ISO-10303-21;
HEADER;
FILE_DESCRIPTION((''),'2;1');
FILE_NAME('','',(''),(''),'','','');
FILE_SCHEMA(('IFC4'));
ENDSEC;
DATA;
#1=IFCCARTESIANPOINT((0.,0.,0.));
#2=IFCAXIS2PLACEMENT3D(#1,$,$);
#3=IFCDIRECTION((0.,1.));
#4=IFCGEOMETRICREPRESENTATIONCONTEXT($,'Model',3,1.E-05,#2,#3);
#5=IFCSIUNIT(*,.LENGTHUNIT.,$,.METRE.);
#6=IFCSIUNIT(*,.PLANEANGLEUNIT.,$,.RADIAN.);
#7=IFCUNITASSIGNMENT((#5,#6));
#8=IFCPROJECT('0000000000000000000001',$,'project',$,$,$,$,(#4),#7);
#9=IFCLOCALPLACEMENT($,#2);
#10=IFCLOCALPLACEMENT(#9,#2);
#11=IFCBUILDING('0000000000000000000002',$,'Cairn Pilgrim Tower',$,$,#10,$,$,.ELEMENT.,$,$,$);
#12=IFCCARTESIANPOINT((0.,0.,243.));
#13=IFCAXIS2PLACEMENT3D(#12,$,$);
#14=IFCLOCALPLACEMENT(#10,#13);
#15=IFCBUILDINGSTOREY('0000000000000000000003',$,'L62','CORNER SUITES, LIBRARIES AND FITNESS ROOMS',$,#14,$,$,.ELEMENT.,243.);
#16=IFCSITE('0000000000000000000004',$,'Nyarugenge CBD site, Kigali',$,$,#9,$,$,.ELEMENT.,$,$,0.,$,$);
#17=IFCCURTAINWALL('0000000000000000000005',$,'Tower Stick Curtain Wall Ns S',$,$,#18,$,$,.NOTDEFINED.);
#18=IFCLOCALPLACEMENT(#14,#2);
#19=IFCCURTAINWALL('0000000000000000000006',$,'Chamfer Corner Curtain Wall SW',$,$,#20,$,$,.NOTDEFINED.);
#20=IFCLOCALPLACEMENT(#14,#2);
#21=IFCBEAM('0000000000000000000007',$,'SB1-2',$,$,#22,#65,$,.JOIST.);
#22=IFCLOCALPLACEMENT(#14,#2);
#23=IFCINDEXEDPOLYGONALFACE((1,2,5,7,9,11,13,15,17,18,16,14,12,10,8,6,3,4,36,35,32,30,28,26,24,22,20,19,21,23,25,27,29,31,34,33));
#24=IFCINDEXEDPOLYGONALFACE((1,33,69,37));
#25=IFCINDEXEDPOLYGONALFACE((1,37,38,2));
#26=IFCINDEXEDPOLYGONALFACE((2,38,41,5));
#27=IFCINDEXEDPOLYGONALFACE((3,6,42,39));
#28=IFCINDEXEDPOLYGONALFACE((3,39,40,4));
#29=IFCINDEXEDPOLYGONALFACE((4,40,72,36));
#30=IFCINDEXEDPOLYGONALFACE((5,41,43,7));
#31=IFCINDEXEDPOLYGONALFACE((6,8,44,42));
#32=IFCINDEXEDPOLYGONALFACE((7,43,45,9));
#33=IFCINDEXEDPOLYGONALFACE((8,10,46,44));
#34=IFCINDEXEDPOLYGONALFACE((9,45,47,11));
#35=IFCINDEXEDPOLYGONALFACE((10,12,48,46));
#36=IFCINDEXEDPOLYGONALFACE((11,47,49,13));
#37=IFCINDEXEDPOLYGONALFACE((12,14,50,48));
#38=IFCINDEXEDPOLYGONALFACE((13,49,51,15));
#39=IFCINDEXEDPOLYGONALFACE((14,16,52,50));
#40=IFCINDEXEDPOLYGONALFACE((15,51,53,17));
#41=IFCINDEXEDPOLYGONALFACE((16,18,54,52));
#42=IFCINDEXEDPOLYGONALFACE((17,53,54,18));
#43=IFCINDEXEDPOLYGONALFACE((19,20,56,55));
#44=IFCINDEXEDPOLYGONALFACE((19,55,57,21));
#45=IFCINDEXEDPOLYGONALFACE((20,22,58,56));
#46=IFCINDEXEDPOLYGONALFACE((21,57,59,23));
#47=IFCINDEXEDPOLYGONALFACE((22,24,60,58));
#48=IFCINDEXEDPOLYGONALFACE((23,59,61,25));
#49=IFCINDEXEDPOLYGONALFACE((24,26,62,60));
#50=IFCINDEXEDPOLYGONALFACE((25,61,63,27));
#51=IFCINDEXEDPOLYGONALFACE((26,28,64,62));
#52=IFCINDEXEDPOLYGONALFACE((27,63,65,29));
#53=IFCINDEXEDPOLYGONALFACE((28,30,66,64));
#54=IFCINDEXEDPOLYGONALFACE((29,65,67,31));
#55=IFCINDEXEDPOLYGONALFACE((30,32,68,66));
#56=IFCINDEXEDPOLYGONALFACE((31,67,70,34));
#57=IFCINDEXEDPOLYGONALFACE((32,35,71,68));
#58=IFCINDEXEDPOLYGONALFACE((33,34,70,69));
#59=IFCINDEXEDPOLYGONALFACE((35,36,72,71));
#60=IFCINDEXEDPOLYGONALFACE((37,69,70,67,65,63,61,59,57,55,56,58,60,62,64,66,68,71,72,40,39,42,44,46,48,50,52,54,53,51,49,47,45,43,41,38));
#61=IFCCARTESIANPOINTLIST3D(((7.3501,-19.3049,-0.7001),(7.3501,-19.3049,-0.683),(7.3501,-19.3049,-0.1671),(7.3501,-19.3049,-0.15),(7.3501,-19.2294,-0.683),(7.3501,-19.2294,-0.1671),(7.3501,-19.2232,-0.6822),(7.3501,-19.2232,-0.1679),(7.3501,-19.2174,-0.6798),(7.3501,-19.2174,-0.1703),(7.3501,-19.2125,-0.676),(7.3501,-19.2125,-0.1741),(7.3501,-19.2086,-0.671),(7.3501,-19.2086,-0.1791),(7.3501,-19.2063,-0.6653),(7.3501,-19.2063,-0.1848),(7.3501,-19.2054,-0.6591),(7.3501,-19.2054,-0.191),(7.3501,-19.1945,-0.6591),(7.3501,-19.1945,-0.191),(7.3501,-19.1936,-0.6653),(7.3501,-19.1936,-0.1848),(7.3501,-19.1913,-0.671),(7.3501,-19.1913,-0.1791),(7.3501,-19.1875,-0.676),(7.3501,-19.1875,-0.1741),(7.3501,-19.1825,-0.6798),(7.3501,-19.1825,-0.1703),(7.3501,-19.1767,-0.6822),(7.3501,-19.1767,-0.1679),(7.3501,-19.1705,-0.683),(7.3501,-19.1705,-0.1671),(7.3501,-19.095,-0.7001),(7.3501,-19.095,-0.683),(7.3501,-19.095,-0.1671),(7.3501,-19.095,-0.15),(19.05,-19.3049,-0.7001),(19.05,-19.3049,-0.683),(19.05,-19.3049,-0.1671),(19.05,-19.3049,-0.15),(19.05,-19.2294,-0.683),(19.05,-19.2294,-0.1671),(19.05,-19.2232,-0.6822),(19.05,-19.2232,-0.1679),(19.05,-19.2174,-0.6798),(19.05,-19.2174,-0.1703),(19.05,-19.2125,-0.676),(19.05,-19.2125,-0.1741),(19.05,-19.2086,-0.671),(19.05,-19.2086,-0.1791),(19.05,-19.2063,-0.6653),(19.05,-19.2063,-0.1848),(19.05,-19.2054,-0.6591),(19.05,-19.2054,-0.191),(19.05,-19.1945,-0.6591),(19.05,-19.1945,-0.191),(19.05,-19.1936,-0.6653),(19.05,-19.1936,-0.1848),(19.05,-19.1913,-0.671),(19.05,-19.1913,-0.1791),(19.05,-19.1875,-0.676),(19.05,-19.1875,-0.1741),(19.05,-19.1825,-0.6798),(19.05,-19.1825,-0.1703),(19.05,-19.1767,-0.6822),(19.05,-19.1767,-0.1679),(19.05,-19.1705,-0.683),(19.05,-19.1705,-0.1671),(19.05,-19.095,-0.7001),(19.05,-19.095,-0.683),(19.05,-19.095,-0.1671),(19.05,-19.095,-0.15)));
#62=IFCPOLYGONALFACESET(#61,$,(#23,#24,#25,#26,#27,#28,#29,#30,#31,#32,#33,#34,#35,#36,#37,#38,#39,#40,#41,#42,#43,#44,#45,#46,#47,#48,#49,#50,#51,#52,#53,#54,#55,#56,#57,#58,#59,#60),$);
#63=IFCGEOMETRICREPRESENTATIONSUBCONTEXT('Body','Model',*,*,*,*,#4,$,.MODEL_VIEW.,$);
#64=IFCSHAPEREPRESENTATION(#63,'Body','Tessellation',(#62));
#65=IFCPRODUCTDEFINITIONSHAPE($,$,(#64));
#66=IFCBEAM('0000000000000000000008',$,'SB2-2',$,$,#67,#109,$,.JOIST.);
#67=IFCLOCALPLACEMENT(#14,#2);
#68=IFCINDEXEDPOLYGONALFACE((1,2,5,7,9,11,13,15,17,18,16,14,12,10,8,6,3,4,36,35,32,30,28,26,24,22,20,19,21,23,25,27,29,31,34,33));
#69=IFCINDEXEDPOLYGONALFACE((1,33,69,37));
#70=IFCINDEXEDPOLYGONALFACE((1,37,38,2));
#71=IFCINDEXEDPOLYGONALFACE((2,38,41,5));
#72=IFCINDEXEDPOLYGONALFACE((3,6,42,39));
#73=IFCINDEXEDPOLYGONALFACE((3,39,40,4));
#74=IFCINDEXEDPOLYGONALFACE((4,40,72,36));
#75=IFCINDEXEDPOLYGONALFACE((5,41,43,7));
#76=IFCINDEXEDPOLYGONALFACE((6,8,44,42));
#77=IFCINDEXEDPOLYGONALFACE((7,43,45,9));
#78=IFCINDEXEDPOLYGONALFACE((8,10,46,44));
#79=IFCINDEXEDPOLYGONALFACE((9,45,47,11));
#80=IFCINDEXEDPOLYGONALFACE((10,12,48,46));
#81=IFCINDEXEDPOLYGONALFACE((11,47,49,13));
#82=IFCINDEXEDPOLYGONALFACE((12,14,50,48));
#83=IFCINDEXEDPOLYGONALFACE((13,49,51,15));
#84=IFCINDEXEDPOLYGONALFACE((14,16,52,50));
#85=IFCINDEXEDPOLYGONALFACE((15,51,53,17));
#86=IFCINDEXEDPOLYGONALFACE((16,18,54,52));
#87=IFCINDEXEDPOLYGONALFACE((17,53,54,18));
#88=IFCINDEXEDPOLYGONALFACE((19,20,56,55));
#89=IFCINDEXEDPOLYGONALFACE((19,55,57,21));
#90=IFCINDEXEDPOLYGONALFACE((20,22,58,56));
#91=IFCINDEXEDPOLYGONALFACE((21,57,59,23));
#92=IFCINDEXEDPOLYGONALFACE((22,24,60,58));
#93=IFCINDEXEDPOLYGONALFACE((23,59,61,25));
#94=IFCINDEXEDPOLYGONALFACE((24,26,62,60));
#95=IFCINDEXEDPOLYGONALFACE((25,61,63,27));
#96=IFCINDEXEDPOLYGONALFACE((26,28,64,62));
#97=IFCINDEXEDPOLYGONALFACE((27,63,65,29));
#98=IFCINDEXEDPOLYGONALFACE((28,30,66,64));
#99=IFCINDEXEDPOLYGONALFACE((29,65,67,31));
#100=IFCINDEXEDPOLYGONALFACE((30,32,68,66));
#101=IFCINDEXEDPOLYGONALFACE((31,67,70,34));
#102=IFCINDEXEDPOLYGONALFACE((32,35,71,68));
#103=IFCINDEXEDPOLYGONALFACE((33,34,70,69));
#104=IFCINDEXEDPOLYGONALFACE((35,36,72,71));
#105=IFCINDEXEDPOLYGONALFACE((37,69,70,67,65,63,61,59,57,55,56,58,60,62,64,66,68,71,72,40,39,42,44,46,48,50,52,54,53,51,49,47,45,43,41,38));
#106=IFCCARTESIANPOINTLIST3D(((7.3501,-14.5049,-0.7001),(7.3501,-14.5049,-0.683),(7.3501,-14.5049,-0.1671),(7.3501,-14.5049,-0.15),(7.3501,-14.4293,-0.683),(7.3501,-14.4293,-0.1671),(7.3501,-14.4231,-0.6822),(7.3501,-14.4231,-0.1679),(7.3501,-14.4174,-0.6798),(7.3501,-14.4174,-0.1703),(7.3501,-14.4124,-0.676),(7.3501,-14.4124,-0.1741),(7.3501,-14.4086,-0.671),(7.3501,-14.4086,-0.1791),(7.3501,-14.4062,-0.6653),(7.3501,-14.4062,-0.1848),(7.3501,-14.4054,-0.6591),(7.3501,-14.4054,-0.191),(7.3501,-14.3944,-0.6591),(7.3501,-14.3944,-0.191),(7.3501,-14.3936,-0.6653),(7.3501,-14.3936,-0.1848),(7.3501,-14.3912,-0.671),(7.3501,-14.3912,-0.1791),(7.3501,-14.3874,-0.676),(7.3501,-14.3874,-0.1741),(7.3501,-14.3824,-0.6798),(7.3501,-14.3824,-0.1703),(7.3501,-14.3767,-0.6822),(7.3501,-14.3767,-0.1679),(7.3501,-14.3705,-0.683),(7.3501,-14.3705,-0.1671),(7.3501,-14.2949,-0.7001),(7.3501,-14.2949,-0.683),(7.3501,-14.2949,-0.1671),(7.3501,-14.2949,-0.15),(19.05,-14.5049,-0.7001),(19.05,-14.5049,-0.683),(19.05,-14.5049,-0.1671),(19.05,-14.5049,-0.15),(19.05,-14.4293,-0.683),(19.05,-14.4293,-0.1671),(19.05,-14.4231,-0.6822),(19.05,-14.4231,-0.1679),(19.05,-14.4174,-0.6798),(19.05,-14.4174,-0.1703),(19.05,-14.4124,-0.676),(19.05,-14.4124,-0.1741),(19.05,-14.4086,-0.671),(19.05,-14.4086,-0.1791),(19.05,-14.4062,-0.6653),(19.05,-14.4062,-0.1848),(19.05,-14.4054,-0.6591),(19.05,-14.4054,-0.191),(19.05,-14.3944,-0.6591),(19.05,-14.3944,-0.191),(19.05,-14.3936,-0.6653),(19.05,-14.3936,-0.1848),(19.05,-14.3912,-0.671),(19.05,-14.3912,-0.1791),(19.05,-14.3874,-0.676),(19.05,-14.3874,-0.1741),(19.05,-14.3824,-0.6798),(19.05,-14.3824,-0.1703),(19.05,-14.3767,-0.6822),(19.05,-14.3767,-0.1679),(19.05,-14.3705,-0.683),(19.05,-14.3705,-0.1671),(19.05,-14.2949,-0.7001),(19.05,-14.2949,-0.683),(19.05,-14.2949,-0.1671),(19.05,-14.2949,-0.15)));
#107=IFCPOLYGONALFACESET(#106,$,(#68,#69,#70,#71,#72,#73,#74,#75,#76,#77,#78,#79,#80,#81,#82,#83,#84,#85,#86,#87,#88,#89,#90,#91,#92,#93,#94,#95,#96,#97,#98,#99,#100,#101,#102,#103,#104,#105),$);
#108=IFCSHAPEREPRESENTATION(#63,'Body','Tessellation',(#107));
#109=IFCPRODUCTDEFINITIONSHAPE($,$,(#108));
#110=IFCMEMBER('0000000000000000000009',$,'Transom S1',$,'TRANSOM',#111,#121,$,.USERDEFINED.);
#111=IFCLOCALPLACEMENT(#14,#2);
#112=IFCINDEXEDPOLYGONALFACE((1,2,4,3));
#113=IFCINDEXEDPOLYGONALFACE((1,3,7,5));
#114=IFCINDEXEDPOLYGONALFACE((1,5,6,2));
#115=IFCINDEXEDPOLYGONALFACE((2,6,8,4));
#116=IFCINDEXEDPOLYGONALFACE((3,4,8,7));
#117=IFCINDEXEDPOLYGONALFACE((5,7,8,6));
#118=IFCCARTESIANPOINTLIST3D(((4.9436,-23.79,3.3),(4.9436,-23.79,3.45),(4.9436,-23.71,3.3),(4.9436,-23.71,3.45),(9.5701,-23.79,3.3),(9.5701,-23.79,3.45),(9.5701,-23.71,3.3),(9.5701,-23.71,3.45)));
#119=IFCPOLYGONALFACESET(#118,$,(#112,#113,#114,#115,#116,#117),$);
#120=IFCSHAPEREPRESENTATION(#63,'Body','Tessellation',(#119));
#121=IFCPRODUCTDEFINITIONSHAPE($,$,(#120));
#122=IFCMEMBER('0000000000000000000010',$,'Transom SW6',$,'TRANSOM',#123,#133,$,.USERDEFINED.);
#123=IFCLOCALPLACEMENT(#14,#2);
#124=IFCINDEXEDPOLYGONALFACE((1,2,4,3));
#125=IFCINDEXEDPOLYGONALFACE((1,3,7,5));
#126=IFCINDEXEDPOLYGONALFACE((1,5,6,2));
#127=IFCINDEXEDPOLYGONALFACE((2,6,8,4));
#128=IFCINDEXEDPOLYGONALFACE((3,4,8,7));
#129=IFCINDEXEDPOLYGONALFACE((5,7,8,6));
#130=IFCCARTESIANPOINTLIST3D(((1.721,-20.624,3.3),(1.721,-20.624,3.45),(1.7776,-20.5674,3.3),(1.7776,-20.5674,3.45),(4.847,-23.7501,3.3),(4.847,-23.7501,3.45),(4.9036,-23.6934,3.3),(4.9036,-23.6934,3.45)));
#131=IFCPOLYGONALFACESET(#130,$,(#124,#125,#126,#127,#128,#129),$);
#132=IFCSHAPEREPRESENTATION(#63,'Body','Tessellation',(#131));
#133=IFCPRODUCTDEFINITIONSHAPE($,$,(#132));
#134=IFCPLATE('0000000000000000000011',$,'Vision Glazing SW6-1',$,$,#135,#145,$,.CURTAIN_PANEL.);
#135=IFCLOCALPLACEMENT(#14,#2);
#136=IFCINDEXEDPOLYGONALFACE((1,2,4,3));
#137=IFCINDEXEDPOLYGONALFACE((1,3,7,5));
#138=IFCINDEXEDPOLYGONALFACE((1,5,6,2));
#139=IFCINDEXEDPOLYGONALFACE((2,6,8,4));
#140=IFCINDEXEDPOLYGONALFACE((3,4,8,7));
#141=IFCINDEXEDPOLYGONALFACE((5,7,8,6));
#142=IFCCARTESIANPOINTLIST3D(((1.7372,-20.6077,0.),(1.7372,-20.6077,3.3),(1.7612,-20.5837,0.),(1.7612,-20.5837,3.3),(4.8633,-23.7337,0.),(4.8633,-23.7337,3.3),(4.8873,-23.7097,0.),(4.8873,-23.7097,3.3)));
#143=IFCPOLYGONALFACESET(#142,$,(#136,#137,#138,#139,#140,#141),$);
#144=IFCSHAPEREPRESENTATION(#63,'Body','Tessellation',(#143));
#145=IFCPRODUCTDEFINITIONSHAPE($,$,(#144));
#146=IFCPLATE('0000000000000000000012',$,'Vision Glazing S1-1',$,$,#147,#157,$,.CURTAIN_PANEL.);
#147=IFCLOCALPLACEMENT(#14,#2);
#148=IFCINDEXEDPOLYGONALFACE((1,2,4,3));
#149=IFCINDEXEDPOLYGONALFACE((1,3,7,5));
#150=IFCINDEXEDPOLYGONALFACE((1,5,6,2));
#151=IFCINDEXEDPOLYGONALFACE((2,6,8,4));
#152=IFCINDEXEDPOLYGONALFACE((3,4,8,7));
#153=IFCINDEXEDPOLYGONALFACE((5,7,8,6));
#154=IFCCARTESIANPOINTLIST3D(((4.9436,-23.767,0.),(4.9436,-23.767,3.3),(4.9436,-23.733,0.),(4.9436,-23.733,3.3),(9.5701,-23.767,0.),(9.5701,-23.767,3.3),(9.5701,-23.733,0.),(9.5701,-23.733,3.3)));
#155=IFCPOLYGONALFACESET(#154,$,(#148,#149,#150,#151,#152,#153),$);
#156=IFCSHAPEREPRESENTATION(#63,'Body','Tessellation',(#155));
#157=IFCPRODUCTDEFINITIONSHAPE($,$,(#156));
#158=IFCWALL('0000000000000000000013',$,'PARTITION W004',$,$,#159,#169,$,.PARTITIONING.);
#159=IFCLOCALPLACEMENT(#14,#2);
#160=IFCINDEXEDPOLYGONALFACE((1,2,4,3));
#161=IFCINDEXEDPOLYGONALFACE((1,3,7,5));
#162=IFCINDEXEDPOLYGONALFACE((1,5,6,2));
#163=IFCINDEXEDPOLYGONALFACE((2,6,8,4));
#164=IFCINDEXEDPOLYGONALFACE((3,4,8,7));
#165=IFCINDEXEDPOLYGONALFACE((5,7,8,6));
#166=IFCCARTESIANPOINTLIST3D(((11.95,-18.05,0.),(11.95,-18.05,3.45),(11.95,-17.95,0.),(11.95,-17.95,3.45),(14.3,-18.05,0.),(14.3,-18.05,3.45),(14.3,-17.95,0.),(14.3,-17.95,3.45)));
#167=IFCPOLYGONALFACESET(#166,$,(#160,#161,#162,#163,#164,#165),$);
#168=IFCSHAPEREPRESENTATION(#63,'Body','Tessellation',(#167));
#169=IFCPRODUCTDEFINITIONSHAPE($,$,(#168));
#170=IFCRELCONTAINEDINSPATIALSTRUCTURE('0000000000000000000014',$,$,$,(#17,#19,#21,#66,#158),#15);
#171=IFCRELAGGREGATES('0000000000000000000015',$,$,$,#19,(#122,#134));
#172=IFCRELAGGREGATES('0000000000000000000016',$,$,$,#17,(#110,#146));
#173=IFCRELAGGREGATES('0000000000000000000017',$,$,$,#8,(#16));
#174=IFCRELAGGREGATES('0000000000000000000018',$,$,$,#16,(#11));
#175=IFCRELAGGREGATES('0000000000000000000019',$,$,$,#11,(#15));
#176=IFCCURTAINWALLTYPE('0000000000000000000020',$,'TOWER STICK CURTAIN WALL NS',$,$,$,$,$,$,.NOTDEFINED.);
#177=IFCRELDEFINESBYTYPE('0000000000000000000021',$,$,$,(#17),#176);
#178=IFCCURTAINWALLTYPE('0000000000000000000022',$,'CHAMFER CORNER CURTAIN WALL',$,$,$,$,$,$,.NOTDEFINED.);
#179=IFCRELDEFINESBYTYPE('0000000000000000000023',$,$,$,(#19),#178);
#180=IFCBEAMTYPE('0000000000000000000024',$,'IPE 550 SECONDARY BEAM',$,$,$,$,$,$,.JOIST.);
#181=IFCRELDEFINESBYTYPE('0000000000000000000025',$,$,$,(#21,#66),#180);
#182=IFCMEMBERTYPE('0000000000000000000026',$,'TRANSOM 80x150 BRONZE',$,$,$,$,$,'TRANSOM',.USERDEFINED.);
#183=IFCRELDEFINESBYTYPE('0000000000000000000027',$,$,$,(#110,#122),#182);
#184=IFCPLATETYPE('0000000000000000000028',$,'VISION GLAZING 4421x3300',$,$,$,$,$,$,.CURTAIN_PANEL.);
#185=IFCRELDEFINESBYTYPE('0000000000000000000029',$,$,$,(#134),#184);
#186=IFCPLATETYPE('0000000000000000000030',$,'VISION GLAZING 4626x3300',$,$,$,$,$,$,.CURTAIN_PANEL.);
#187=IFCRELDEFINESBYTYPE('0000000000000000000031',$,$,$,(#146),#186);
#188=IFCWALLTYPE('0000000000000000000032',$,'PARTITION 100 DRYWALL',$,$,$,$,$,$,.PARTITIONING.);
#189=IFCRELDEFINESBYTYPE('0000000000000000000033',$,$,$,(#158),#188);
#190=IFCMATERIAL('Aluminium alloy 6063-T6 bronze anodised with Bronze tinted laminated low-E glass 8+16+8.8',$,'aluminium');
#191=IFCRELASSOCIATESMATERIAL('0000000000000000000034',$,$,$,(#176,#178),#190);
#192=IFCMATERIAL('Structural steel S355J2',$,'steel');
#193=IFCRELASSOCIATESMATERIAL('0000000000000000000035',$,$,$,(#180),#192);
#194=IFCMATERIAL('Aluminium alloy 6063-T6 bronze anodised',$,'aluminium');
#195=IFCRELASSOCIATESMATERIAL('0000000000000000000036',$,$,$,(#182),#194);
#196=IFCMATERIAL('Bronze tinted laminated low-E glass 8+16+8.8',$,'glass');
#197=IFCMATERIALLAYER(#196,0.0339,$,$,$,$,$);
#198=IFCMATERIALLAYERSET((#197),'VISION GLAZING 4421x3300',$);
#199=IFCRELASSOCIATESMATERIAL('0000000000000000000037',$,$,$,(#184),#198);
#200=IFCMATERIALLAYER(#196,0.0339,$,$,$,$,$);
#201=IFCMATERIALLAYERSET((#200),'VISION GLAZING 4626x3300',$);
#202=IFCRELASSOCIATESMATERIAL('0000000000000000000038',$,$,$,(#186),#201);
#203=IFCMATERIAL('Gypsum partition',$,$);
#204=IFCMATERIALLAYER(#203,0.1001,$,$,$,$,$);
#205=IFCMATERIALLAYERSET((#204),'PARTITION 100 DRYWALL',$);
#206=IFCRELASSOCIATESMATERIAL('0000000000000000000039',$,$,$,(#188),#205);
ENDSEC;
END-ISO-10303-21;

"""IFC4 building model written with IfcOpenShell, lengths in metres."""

from ifc_helpers import new_model, si_unit, direction, frame, frame_2d, origin, origin_2d, place, context, subcontext, project, spatial, rectangle, i_section, extrude, material, layer, layer_set, material_profile, profile_set, type_object, element, aggregate, save


model = new_model("IFC4")

# Units and contexts
model_context = context("Model", 3, precision=1e-05, world=origin(), true_north=direction((0.0, 1.0)))
body_context = subcontext(model_context, "Body", "Model", "MODEL_VIEW")
ifc_project = project(units=[si_unit("LENGTHUNIT", "METRE"), si_unit("PLANEANGLEUNIT", "RADIAN")], contexts=[model_context])

# Site, building, storey
site_placement = place(None, origin())
site = spatial("IfcSite", under=ifc_project, at=site_placement, Name="Nyarugenge CBD site, Kigali", CompositionType="ELEMENT", RefElevation=0.0)
building_placement = place(site_placement, origin())
building = spatial("IfcBuilding", under=site, at=building_placement, Name="Cairn Pilgrim Tower", CompositionType="ELEMENT")
storey_placement = place(building_placement, frame((0.0, 0.0, 243.0)))
storey = spatial("IfcBuildingStorey", under=building, at=storey_placement, Name="L62", Description="CORNER SUITES, LIBRARIES AND FITNESS ROOMS", CompositionType="ELEMENT", Elevation=243.0)

# Curtain wall
ifc_material_1 = material(Name="Aluminium alloy 6063-T6 bronze anodised with Bronze tinted laminated low-E glass 8+16+8.8", Category="aluminium")
curtain_wall_type_1 = type_object("IfcCurtainWallType", Name="TOWER STICK CURTAIN WALL NS", PredefinedType="NOTDEFINED", material=ifc_material_1)
curtain_wall_1_placement = place(storey_placement, origin())
curtain_wall_1 = element("IfcCurtainWall", 1, at=curtain_wall_1_placement, inside=storey, type_object=curtain_wall_type_1, Name="Tower Stick Curtain Wall Ns S", PredefinedType="NOTDEFINED")
ifc_material_2 = material(Name="Aluminium alloy 6063-T6 bronze anodised", Category="aluminium")

# Curtain wall
curtain_wall_type_2 = type_object("IfcCurtainWallType", Name="CHAMFER CORNER CURTAIN WALL", PredefinedType="NOTDEFINED", material=ifc_material_1)
curtain_wall_2_placement = place(storey_placement, origin())
curtain_wall_2 = element("IfcCurtainWall", 2, at=curtain_wall_2_placement, inside=storey, type_object=curtain_wall_type_2, Name="Chamfer Corner Curtain Wall SW", PredefinedType="NOTDEFINED")

# Beams
ifc_material_3 = material(Name="Structural steel S355J2", Category="steel")
ifc_material_profile_1 = material_profile(ifc_material_3, i_section(OverallWidth=0.21, OverallDepth=0.55, WebThickness=0.011, FlangeThickness=0.0171, FilletRadius=0.0239, at=origin_2d()), Name="IPE 550")
ifc_profile_set_1 = profile_set([ifc_material_profile_1], Name="Structural steel S355J2")
beam_type_1 = type_object("IfcBeamType", Name="IPE 550 SECONDARY BEAM", PredefinedType="JOIST", material=ifc_profile_set_1)
for number, where, z_axis, x_axis, name in (
    (3, (7.3501, -19.2, -0.425), (1.0, 0.0, 0.0), (0.0, 1.0, 0.0), "SB1-2"),
    (4, (7.3501, -14.3999, -0.425), (1.0, 0.0, 0.0), (0.0, 1.0, 0.0), "SB2-2"),
):
    element("IfcBeam", number, at=place(storey_placement, frame(where, z_axis=z_axis, x_axis=x_axis)), inside=storey, type_object=beam_type_1, Name=name, PredefinedType="JOIST", context=body_context, shape_type="SweptSolid", body=[
        extrude(i_section(OverallWidth=0.21, OverallDepth=0.55, WebThickness=0.011, FlangeThickness=0.0171, FilletRadius=0.0239, at=origin_2d()), origin(), (0.0, 0.0, 1.0), 11.7),
    ])

# Members
ifc_material_profile_2 = material_profile(ifc_material_2, rectangle(XDim=0.0801, YDim=0.1499, at=origin_2d()), Name="TRANSOM 80x150 BRONZE")
ifc_profile_set_2 = profile_set([ifc_material_profile_2], Name="Aluminium alloy 6063-T6 bronze anodised")
member_type_1 = type_object("IfcMemberType", Name="TRANSOM 80x150 BRONZE", ElementType="TRANSOM", PredefinedType="USERDEFINED", material=ifc_profile_set_2)
member_1_placement = place(storey_placement, frame((4.9436, -23.75, 3.375), z_axis=(1.0, 0.0, 0.0), x_axis=(0.0, 1.0, 0.0)))
member_1 = element("IfcMember", 5, at=member_1_placement, type_object=member_type_1, Name="Transom S1", ObjectType="TRANSOM", PredefinedType="USERDEFINED", context=body_context, shape_type="SweptSolid", body=[
    extrude(rectangle(XDim=0.0801, YDim=0.1499, at=origin_2d()), origin(), (0.0, 0.0, 1.0), 4.6265),
])
member_2_placement = place(storey_placement, frame((1.7493, -20.5957, 3.375), z_axis=(0.707107, -0.707107, 0.0), x_axis=(0.707107, 0.707107, 0.0)))
member_2 = element("IfcMember", 6, at=member_2_placement, type_object=member_type_1, Name="Transom SW6", ObjectType="TRANSOM", PredefinedType="USERDEFINED", context=body_context, shape_type="SweptSolid", body=[
    extrude(rectangle(XDim=0.0801, YDim=0.1499, at=origin_2d()), origin(), (0.0, 0.0, 1.0), 4.4209),
])

# Plates
ifc_material_4 = material(Name="Bronze tinted laminated low-E glass 8+16+8.8", Category="glass")
ifc_layer_1 = layer(ifc_material_4, 0.0339)
ifc_layer_set_1 = layer_set([ifc_layer_1], Name="VISION GLAZING 4421x3300")
plate_type_1 = type_object("IfcPlateType", Name="VISION GLAZING 4421x3300", PredefinedType="CURTAIN_PANEL", material=ifc_layer_set_1)
plate_1_placement = place(storey_placement, frame((3.3123, -22.1587, 0.0), z_axis=(0.0, 0.0, 1.0), x_axis=(0.707107, -0.707107, 0.0)))
plate_1 = element("IfcPlate", 7, at=plate_1_placement, type_object=plate_type_1, Name="Vision Glazing SW6-1", PredefinedType="CURTAIN_PANEL", context=body_context, shape_type="SweptSolid", body=[
    extrude(rectangle(XDim=4.4209, YDim=0.0339, at=origin_2d()), origin(), (0.0, 0.0, 1.0), 3.3),
])
aggregate(curtain_wall_2, [member_2, plate_1])
ifc_layer_2 = layer(ifc_material_4, 0.0339)
ifc_layer_set_2 = layer_set([ifc_layer_2], Name="VISION GLAZING 4626x3300")
plate_type_2 = type_object("IfcPlateType", Name="VISION GLAZING 4626x3300", PredefinedType="CURTAIN_PANEL", material=ifc_layer_set_2)
plate_2_placement = place(storey_placement, frame((7.2568, -23.75, 0.0), z_axis=(0.0, 0.0, 1.0), x_axis=(1.0, 0.0, 0.0)))
plate_2 = element("IfcPlate", 8, at=plate_2_placement, type_object=plate_type_2, Name="Vision Glazing S1-1", PredefinedType="CURTAIN_PANEL", context=body_context, shape_type="SweptSolid", body=[
    extrude(rectangle(XDim=4.6265, YDim=0.0339, at=origin_2d()), origin(), (0.0, 0.0, 1.0), 3.3),
])
aggregate(curtain_wall_1, [member_1, plate_2])

# Wall
ifc_material_5 = material(Name="Gypsum partition")
ifc_layer_3 = layer(ifc_material_5, 0.1001)
ifc_layer_set_3 = layer_set([ifc_layer_3], Name="PARTITION 100 DRYWALL")
wall_type_1 = type_object("IfcWallType", Name="PARTITION 100 DRYWALL", PredefinedType="PARTITIONING", material=ifc_layer_set_3)
wall_1_placement = place(storey_placement, frame((11.95, -18.0, 0.0), z_axis=(0.0, 0.0, 1.0), x_axis=(1.0, 0.0, 0.0)))
element("IfcWall", 9, at=wall_1_placement, inside=storey, type_object=wall_type_1, Name="PARTITION W004", PredefinedType="PARTITIONING", context=body_context, shape_type="SweptSolid", body=[
    extrude(rectangle(XDim=2.3501, YDim=0.1001, at=frame_2d((1.175, 0.0))), origin(), (0.0, 0.0, 1.0), 3.45),
])

save(model, "model.ifc")
